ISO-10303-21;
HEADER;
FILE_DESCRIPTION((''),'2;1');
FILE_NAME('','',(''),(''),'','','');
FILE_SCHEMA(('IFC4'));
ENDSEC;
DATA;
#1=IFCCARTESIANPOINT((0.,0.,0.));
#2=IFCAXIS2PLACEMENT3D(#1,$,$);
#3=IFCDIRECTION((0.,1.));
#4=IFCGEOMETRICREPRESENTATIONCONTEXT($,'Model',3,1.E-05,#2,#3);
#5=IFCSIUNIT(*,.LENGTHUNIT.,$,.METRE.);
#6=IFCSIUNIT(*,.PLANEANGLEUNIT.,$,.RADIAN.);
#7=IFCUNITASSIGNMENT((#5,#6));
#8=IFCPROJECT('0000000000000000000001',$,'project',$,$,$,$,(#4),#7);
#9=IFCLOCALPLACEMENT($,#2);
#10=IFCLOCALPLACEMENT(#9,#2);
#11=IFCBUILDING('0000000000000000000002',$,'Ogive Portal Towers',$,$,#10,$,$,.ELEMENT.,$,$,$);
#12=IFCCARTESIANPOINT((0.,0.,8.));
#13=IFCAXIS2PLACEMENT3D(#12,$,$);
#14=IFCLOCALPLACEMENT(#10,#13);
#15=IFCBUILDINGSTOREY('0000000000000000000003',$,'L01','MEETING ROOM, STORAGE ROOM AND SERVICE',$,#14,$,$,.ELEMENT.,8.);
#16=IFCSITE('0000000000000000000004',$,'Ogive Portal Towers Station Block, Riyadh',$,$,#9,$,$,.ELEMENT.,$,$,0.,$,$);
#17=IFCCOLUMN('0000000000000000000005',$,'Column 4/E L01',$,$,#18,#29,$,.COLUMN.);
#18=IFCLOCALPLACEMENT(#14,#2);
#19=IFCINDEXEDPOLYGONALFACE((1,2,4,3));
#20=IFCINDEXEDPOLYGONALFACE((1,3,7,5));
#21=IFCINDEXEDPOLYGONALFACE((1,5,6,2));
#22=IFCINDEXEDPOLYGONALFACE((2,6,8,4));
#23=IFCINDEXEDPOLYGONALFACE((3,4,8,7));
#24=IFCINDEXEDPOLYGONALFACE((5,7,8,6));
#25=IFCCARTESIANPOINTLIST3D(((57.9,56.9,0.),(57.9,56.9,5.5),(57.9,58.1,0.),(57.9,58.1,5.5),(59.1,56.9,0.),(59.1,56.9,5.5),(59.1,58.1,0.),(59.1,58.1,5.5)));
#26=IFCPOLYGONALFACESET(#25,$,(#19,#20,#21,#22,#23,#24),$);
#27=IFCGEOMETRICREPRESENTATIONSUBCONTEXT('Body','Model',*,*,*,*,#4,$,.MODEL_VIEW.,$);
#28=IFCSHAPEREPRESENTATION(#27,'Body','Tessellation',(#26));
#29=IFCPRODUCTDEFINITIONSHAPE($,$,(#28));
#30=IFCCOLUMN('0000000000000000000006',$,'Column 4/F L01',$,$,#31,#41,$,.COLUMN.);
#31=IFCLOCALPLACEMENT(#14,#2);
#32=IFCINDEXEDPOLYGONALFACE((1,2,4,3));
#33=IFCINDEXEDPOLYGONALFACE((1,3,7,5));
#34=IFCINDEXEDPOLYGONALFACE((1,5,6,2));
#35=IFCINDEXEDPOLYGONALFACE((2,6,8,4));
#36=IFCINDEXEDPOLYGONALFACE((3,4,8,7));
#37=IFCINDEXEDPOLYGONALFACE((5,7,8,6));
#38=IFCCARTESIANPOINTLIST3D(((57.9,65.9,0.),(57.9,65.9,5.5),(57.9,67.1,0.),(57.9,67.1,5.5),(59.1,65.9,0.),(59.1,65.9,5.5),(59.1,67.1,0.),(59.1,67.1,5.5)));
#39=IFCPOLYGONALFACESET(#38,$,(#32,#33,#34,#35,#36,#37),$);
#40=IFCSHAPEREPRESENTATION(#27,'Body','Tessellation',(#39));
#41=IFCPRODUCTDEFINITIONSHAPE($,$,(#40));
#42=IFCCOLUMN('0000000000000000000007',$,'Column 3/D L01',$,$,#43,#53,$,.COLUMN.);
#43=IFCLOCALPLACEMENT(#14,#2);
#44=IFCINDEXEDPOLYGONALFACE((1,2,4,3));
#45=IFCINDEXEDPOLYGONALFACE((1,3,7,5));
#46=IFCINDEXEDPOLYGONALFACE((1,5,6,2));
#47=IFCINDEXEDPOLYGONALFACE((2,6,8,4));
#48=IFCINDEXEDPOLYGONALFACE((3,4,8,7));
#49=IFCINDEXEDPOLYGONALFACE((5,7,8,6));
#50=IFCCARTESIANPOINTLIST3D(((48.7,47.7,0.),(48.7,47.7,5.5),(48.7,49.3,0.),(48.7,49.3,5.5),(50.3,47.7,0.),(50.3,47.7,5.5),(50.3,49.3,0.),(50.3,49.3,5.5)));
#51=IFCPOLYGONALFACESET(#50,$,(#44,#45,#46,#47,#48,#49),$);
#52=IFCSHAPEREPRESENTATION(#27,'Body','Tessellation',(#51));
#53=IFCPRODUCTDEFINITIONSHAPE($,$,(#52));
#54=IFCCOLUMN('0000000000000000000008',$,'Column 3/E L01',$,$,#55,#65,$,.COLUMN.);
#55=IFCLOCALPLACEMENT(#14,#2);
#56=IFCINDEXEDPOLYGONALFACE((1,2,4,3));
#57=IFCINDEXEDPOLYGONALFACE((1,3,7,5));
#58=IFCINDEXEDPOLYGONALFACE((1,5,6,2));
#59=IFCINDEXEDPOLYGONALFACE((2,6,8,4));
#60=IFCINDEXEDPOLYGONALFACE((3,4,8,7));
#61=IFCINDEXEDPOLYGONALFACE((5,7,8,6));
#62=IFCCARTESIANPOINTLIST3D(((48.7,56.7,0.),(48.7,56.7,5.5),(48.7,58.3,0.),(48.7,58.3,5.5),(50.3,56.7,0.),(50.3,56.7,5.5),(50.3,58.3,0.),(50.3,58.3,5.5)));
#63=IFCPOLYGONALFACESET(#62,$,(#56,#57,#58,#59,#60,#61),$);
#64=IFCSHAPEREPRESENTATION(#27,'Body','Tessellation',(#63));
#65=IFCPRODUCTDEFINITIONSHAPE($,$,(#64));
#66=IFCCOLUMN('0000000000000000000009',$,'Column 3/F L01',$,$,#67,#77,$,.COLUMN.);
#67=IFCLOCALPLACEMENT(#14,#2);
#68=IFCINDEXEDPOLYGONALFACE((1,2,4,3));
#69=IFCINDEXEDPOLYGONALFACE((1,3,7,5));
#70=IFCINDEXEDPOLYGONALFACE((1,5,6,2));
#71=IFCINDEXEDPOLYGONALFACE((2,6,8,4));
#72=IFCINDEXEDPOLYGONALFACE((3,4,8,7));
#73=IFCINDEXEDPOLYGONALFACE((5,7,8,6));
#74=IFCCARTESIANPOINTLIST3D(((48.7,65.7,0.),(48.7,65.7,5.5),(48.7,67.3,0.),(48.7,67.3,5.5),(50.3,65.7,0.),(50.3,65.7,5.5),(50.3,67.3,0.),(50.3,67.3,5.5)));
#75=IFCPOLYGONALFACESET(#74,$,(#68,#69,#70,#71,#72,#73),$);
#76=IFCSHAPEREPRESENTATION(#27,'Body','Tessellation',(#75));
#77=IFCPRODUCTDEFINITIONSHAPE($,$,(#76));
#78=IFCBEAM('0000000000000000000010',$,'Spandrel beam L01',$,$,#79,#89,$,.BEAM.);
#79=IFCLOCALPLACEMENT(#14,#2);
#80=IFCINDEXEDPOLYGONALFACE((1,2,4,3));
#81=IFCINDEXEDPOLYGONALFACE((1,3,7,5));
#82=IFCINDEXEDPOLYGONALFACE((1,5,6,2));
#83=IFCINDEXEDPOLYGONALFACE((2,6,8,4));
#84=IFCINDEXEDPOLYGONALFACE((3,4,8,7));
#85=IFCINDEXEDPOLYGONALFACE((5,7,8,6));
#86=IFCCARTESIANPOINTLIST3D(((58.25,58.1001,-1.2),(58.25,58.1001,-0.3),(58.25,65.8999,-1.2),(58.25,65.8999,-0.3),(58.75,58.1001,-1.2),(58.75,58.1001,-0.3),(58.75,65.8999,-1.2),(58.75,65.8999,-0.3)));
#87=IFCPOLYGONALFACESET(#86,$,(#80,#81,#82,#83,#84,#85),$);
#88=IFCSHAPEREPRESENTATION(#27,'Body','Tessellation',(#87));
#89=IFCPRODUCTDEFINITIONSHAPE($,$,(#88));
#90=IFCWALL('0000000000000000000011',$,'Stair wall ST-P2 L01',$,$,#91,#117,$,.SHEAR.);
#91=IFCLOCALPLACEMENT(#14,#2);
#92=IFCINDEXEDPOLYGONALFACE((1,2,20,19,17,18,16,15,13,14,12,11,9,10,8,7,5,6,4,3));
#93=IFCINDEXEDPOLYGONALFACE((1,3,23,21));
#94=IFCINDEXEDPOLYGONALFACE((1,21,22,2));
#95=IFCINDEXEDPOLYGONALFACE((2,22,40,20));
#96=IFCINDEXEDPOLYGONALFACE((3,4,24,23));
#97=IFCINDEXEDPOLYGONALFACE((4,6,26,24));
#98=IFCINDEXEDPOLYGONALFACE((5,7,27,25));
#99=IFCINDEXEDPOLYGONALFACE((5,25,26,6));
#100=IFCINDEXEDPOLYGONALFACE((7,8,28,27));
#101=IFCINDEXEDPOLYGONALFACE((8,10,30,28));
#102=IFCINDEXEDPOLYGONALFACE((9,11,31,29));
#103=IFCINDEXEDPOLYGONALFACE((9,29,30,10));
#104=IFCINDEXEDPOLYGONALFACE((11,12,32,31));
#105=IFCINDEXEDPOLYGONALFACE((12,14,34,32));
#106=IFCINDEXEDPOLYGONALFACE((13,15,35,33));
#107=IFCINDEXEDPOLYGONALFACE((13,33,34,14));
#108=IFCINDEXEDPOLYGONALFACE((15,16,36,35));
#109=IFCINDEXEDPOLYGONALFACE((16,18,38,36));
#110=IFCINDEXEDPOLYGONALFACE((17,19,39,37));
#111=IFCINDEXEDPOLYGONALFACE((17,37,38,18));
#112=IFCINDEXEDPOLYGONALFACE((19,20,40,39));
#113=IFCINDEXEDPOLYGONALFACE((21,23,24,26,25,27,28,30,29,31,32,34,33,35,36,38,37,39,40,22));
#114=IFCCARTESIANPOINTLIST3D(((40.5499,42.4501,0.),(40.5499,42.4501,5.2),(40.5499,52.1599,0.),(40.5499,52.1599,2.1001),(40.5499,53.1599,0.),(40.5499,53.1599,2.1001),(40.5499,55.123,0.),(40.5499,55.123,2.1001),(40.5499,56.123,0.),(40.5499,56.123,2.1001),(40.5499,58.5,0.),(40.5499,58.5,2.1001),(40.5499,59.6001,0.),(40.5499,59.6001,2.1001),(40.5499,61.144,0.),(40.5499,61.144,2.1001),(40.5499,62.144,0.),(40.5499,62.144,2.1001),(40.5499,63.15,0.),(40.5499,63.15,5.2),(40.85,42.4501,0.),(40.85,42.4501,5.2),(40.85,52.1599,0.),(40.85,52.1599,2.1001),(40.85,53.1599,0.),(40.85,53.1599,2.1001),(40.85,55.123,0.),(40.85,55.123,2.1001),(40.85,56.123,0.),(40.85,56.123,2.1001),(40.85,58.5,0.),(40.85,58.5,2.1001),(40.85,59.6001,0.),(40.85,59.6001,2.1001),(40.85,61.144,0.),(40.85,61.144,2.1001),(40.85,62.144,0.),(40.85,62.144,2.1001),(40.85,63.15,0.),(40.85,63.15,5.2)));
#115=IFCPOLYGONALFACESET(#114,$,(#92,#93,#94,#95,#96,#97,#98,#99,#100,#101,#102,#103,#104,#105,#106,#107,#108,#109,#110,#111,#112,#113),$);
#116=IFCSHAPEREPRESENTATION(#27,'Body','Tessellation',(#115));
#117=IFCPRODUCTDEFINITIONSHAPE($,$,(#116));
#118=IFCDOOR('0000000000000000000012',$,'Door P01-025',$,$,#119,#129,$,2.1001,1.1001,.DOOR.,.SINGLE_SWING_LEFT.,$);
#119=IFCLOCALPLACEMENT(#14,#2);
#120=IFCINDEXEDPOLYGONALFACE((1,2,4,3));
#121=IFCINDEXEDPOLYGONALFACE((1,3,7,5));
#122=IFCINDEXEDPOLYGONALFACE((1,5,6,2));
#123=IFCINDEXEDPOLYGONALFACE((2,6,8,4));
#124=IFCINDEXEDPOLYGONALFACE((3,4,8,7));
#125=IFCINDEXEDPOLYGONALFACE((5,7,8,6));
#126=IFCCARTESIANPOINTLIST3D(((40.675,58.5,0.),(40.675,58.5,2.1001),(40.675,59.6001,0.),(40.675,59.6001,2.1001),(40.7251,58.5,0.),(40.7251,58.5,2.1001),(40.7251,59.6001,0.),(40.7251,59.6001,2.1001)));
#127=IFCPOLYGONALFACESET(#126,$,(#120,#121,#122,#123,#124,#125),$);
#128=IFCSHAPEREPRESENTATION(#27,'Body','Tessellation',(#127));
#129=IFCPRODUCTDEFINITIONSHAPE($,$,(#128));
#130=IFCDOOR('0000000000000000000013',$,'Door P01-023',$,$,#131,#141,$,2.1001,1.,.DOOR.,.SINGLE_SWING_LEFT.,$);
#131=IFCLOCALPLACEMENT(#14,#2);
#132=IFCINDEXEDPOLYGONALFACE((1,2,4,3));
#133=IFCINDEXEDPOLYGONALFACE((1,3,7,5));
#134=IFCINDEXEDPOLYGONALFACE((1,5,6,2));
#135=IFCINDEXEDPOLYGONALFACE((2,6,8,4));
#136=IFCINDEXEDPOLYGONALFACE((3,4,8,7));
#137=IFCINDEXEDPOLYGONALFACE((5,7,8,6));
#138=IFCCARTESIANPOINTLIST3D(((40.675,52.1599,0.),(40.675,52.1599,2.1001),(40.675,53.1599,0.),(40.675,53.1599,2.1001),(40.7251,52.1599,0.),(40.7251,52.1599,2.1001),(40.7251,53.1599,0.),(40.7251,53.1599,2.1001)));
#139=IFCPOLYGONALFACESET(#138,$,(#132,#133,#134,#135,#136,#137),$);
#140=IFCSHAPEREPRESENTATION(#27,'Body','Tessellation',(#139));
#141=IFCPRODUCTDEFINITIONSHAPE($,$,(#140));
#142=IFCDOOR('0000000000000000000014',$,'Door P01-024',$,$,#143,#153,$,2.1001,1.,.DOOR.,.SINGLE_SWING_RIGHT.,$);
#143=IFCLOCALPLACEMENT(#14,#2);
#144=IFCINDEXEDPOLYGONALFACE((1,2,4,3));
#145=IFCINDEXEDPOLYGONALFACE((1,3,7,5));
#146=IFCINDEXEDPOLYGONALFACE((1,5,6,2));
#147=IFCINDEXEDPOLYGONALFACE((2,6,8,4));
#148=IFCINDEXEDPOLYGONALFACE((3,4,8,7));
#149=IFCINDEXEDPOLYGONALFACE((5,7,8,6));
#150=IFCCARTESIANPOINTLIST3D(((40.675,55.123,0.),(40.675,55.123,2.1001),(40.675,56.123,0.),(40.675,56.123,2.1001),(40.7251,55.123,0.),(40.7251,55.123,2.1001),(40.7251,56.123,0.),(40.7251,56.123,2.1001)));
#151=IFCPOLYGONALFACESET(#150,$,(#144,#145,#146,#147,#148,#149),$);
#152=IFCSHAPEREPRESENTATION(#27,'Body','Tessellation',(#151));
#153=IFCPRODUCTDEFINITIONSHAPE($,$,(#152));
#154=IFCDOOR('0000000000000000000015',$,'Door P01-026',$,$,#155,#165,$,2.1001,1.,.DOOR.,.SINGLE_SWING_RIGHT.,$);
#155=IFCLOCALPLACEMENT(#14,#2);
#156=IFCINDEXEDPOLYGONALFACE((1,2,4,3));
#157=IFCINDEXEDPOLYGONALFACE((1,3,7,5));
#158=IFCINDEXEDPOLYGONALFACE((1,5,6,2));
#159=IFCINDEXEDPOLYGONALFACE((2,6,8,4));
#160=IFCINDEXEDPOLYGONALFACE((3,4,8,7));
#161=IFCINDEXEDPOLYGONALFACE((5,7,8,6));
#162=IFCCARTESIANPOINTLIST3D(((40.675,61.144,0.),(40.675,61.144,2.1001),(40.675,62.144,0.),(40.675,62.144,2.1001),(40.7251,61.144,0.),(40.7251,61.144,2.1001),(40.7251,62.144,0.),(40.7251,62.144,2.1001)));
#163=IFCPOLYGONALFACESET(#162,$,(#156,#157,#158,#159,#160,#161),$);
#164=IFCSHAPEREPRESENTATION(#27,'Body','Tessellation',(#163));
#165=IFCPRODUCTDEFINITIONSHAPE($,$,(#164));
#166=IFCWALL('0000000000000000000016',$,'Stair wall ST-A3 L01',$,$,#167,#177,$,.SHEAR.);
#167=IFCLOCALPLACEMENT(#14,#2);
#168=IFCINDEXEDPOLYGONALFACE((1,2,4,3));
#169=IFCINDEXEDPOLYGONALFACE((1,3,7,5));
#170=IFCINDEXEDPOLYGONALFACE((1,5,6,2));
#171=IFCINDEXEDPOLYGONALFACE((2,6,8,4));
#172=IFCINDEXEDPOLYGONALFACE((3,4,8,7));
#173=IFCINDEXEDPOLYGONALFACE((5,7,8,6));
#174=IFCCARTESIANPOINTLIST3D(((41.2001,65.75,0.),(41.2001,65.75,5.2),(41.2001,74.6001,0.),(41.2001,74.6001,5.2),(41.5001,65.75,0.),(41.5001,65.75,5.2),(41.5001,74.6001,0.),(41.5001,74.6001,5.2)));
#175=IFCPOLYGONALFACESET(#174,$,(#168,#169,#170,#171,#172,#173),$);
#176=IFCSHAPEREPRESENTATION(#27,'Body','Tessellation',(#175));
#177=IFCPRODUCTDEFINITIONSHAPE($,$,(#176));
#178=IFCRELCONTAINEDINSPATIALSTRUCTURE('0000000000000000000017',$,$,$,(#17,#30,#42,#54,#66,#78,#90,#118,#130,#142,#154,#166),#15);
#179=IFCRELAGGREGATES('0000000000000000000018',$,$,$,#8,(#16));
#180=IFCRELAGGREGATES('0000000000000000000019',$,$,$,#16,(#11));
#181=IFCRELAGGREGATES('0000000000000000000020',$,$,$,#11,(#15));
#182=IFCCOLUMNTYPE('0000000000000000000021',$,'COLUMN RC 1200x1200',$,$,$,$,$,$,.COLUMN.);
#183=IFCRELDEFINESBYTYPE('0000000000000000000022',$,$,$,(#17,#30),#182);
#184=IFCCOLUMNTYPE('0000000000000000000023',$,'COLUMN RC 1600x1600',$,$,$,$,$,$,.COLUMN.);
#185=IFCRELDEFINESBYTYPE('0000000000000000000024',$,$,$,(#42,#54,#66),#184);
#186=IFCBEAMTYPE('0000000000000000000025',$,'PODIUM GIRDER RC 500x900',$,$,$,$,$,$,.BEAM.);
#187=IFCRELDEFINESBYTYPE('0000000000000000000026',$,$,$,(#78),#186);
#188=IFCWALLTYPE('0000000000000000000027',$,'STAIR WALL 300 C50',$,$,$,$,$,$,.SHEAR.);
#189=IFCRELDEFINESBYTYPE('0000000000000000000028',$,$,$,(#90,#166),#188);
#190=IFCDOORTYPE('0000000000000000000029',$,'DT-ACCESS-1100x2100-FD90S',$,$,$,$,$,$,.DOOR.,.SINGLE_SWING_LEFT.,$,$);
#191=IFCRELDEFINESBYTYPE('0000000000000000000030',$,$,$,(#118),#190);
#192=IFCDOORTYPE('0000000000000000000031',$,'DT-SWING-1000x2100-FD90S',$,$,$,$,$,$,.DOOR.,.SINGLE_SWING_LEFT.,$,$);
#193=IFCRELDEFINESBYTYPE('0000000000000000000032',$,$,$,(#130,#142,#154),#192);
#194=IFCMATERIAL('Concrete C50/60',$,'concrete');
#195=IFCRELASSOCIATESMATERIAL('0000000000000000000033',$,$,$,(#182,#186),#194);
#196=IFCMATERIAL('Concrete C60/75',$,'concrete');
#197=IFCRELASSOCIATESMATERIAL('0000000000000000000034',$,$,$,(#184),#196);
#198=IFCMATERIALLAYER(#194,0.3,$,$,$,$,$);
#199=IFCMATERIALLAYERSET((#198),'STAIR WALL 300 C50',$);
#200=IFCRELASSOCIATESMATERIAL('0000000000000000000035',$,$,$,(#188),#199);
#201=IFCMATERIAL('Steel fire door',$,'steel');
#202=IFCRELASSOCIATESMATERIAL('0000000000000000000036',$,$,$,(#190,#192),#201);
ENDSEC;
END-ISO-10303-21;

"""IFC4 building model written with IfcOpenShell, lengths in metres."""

from ifc_helpers import new_model, si_unit, direction, frame, frame_2d, origin, origin_2d, place, context, subcontext, project, spatial, rectangle, extrude, material, layer, layer_set, material_profile, profile_set, type_object, element, fill, save


model = new_model("IFC4")

# Units and contexts
model_context = context("Model", 3, precision=1e-05, world=origin(), true_north=direction((0.0, 1.0)))
body_context = subcontext(model_context, "Body", "Model", "MODEL_VIEW")
ifc_project = project(units=[si_unit("LENGTHUNIT", "METRE"), si_unit("PLANEANGLEUNIT", "RADIAN")], contexts=[model_context])

# Site, building, storey
site_placement = place(None, origin())
site = spatial("IfcSite", under=ifc_project, at=site_placement, Name="Ogive Portal Towers Station Block, Riyadh", CompositionType="ELEMENT", RefElevation=0.0)
building_placement = place(site_placement, origin())
building = spatial("IfcBuilding", under=site, at=building_placement, Name="Ogive Portal Towers", CompositionType="ELEMENT")
storey_placement = place(building_placement, frame((0.0, 0.0, 8.0)))
storey = spatial("IfcBuildingStorey", under=building, at=storey_placement, Name="L01", Description="MEETING ROOM, STORAGE ROOM AND SERVICE", CompositionType="ELEMENT", Elevation=8.0)

# Columns
ifc_material_1 = material(Name="Concrete C50/60", Category="concrete")
ifc_material_profile_1 = material_profile(ifc_material_1, rectangle(XDim=1.2, YDim=1.2, at=origin_2d()), Name="RC 1200x1200")
ifc_profile_set_1 = profile_set([ifc_material_profile_1], Name="Concrete C50/60")
column_type_1 = type_object("IfcColumnType", Name="COLUMN RC 1200x1200", PredefinedType="COLUMN", material=ifc_profile_set_1)
for number, where, z_axis, x_axis, name in (
    (1, (58.5, 57.5, 0.0), (0.0, 0.0, 1.0), (1.0, 0.0, 0.0), "Column 4/E L01"),
    (2, (58.5, 66.5, 0.0), (0.0, 0.0, 1.0), (1.0, 0.0, 0.0), "Column 4/F L01"),
):
    element("IfcColumn", number, at=place(storey_placement, frame(where, z_axis=z_axis, x_axis=x_axis)), inside=storey, type_object=column_type_1, Name=name, PredefinedType="COLUMN", context=body_context, shape_type="SweptSolid", body=[
        extrude(rectangle(XDim=1.2, YDim=1.2, at=origin_2d()), origin(), (0.0, 0.0, 1.0), 5.5),
    ])
ifc_material_2 = material(Name="Concrete C60/75", Category="concrete")
ifc_material_profile_2 = material_profile(ifc_material_2, rectangle(XDim=1.6001, YDim=1.6001, at=origin_2d()), Name="RC 1600x1600")
ifc_profile_set_2 = profile_set([ifc_material_profile_2], Name="Concrete C60/75")
column_type_2 = type_object("IfcColumnType", Name="COLUMN RC 1600x1600", PredefinedType="COLUMN", material=ifc_profile_set_2)
for number, where, z_axis, x_axis, name in (
    (3, (49.5, 48.5, 0.0), (0.0, 0.0, 1.0), (1.0, 0.0, 0.0), "Column 3/D L01"),
    (4, (49.5, 57.5, 0.0), (0.0, 0.0, 1.0), (1.0, 0.0, 0.0), "Column 3/E L01"),
    (5, (49.5, 66.5, 0.0), (0.0, 0.0, 1.0), (1.0, 0.0, 0.0), "Column 3/F L01"),
):
    element("IfcColumn", number, at=place(storey_placement, frame(where, z_axis=z_axis, x_axis=x_axis)), inside=storey, type_object=column_type_2, Name=name, PredefinedType="COLUMN", context=body_context, shape_type="SweptSolid", body=[
        extrude(rectangle(XDim=1.6001, YDim=1.6001, at=origin_2d()), origin(), (0.0, 0.0, 1.0), 5.5),
    ])

# Beam
ifc_material_profile_3 = material_profile(ifc_material_1, rectangle(XDim=0.5, YDim=0.8999, at=origin_2d()), Name="RC 500x900")
ifc_profile_set_3 = profile_set([ifc_material_profile_3], Name="Concrete C50/60")
beam_type = type_object("IfcBeamType", Name="PODIUM GIRDER RC 500x900", PredefinedType="BEAM", material=ifc_profile_set_3)
beam_placement = place(storey_placement, frame((58.5, 58.1001, -0.75), z_axis=(0.0, 1.0, 0.0), x_axis=(-1.0, 0.0, 0.0)))
element("IfcBeam", 6, at=beam_placement, inside=storey, type_object=beam_type, Name="Spandrel beam L01", PredefinedType="BEAM", context=body_context, shape_type="SweptSolid", body=[
    extrude(rectangle(XDim=0.5, YDim=0.8999, at=origin_2d()), origin(), (0.0, 0.0, 1.0), 7.7998),
])

# Wall, openings, doors
ifc_layer_1 = layer(ifc_material_1, 0.3)
ifc_layer_set_1 = layer_set([ifc_layer_1], Name="STAIR WALL 300 C50")
wall_type_1 = type_object("IfcWallType", Name="STAIR WALL 300 C50", PredefinedType="SHEAR", material=ifc_layer_set_1)
wall_1_placement = place(storey_placement, frame((40.7, 42.45, 0.0), z_axis=(0.0, 0.0, 1.0), x_axis=(0.0, 1.0, 0.0)))
wall_1 = element("IfcWall", 7, at=wall_1_placement, inside=storey, type_object=wall_type_1, Name="Stair wall ST-P2 L01", PredefinedType="SHEAR", context=body_context, shape_type="SweptSolid", body=[
    extrude(rectangle(XDim=20.7, YDim=0.3, at=frame_2d((10.3501, 0.0))), origin(), (0.0, 0.0, 1.0), 5.2),
])
opening_1_placement = place(wall_1_placement, frame((9.71, 0.0, 0.0)))
opening_1 = element("IfcOpeningElement", 8, at=opening_1_placement, cuts=wall_1, PredefinedType="OPENING", context=body_context, shape_type="SweptSolid", body=[
    extrude(rectangle(XDim=1.0, YDim=2.1001, at=frame_2d((0.5, 1.05))), frame((0.0, 0.1602, 0.0), z_axis=(0.0, -1.0, 0.0), x_axis=(1.0, 0.0, 0.0)), (0.0, 0.0, 1.0), 0.3201),
])
opening_2_placement = place(wall_1_placement, frame((12.6731, 0.0, 0.0)))
opening_2 = element("IfcOpeningElement", 9, at=opening_2_placement, cuts=wall_1, PredefinedType="OPENING", context=body_context, shape_type="SweptSolid", body=[
    extrude(rectangle(XDim=1.0, YDim=2.1001, at=frame_2d((0.5, 1.05))), frame((0.0, 0.1602, 0.0), z_axis=(0.0, -1.0, 0.0), x_axis=(1.0, 0.0, 0.0)), (0.0, 0.0, 1.0), 0.3201),
])
opening_3_placement = place(wall_1_placement, frame((16.05, 0.0, 0.0)))
opening_3 = element("IfcOpeningElement", 10, at=opening_3_placement, cuts=wall_1, PredefinedType="OPENING", context=body_context, shape_type="SweptSolid", body=[
    extrude(rectangle(XDim=1.1001, YDim=2.1001, at=frame_2d((0.55, 1.05))), frame((0.0, 0.1602, 0.0), z_axis=(0.0, -1.0, 0.0), x_axis=(1.0, 0.0, 0.0)), (0.0, 0.0, 1.0), 0.3201),
])
opening_4_placement = place(wall_1_placement, frame((18.6941, 0.0, 0.0)))
opening_4 = element("IfcOpeningElement", 11, at=opening_4_placement, cuts=wall_1, PredefinedType="OPENING", context=body_context, shape_type="SweptSolid", body=[
    extrude(rectangle(XDim=1.0, YDim=2.1001, at=frame_2d((0.5, 1.05))), frame((0.0, 0.1602, 0.0), z_axis=(0.0, -1.0, 0.0), x_axis=(1.0, 0.0, 0.0)), (0.0, 0.0, 1.0), 0.3201),
])
ifc_material_3 = material(Name="Steel fire door", Category="steel")
door_type_1 = type_object("IfcDoorType", Name="DT-ACCESS-1100x2100-FD90S", OperationType="SINGLE_SWING_LEFT", PredefinedType="DOOR", material=ifc_material_3)
door_1_placement = place(opening_3_placement, origin())
door_1 = element("IfcDoor", 12, at=door_1_placement, inside=storey, type_object=door_type_1, Name="Door P01-025", OperationType="SINGLE_SWING_LEFT", OverallHeight=2.1001, OverallWidth=1.1001, PredefinedType="DOOR", context=body_context, shape_type="SweptSolid", body=[
    extrude(rectangle(XDim=1.1001, YDim=2.1001, at=frame_2d((0.55, 1.05))), frame((0.0, 0.0249, 0.0), z_axis=(0.0, -1.0, 0.0), x_axis=(1.0, 0.0, 0.0)), (0.0, 0.0, 1.0), 0.05),
])
fill(opening_3, door_1)
door_type_2 = type_object("IfcDoorType", Name="DT-SWING-1000x2100-FD90S", OperationType="SINGLE_SWING_LEFT", PredefinedType="DOOR", material=ifc_material_3)
door_2_placement = place(opening_1_placement, origin())
door_2 = element("IfcDoor", 13, at=door_2_placement, inside=storey, type_object=door_type_2, Name="Door P01-023", OperationType="SINGLE_SWING_LEFT", OverallHeight=2.1001, OverallWidth=1.0, PredefinedType="DOOR", context=body_context, shape_type="SweptSolid", body=[
    extrude(rectangle(XDim=1.0, YDim=2.1001, at=frame_2d((0.5, 1.05))), frame((0.0, 0.0249, 0.0), z_axis=(0.0, -1.0, 0.0), x_axis=(1.0, 0.0, 0.0)), (0.0, 0.0, 1.0), 0.05),
])
fill(opening_1, door_2)
door_3_placement = place(opening_2_placement, origin())
door_3 = element("IfcDoor", 14, at=door_3_placement, inside=storey, type_object=door_type_2, Name="Door P01-024", OperationType="SINGLE_SWING_RIGHT", OverallHeight=2.1001, OverallWidth=1.0, PredefinedType="DOOR", context=body_context, shape_type="SweptSolid", body=[
    extrude(rectangle(XDim=1.0, YDim=2.1001, at=frame_2d((0.5, 1.05))), frame((0.0, 0.0249, 0.0), z_axis=(0.0, -1.0, 0.0), x_axis=(1.0, 0.0, 0.0)), (0.0, 0.0, 1.0), 0.05),
])
fill(opening_2, door_3)
door_4_placement = place(opening_4_placement, origin())
door_4 = element("IfcDoor", 15, at=door_4_placement, inside=storey, type_object=door_type_2, Name="Door P01-026", OperationType="SINGLE_SWING_RIGHT", OverallHeight=2.1001, OverallWidth=1.0, PredefinedType="DOOR", context=body_context, shape_type="SweptSolid", body=[
    extrude(rectangle(XDim=1.0, YDim=2.1001, at=frame_2d((0.5, 1.05))), frame((0.0, 0.0249, 0.0), z_axis=(0.0, -1.0, 0.0), x_axis=(1.0, 0.0, 0.0)), (0.0, 0.0, 1.0), 0.05),
])
fill(opening_4, door_4)

# Wall
for number, where, z_axis, x_axis, name in (
    (16, (41.3501, 65.75, 0.0), (0.0, 0.0, 1.0), (0.0, 1.0, 0.0), "Stair wall ST-A3 L01"),
):
    element("IfcWall", number, at=place(storey_placement, frame(where, z_axis=z_axis, x_axis=x_axis)), inside=storey, type_object=wall_type_1, Name=name, PredefinedType="SHEAR", context=body_context, shape_type="SweptSolid", body=[
        extrude(rectangle(XDim=8.8501, YDim=0.3, at=frame_2d((4.425, 0.0))), origin(), (0.0, 0.0, 1.0), 5.2),
    ])

save(model, "model.ifc")
